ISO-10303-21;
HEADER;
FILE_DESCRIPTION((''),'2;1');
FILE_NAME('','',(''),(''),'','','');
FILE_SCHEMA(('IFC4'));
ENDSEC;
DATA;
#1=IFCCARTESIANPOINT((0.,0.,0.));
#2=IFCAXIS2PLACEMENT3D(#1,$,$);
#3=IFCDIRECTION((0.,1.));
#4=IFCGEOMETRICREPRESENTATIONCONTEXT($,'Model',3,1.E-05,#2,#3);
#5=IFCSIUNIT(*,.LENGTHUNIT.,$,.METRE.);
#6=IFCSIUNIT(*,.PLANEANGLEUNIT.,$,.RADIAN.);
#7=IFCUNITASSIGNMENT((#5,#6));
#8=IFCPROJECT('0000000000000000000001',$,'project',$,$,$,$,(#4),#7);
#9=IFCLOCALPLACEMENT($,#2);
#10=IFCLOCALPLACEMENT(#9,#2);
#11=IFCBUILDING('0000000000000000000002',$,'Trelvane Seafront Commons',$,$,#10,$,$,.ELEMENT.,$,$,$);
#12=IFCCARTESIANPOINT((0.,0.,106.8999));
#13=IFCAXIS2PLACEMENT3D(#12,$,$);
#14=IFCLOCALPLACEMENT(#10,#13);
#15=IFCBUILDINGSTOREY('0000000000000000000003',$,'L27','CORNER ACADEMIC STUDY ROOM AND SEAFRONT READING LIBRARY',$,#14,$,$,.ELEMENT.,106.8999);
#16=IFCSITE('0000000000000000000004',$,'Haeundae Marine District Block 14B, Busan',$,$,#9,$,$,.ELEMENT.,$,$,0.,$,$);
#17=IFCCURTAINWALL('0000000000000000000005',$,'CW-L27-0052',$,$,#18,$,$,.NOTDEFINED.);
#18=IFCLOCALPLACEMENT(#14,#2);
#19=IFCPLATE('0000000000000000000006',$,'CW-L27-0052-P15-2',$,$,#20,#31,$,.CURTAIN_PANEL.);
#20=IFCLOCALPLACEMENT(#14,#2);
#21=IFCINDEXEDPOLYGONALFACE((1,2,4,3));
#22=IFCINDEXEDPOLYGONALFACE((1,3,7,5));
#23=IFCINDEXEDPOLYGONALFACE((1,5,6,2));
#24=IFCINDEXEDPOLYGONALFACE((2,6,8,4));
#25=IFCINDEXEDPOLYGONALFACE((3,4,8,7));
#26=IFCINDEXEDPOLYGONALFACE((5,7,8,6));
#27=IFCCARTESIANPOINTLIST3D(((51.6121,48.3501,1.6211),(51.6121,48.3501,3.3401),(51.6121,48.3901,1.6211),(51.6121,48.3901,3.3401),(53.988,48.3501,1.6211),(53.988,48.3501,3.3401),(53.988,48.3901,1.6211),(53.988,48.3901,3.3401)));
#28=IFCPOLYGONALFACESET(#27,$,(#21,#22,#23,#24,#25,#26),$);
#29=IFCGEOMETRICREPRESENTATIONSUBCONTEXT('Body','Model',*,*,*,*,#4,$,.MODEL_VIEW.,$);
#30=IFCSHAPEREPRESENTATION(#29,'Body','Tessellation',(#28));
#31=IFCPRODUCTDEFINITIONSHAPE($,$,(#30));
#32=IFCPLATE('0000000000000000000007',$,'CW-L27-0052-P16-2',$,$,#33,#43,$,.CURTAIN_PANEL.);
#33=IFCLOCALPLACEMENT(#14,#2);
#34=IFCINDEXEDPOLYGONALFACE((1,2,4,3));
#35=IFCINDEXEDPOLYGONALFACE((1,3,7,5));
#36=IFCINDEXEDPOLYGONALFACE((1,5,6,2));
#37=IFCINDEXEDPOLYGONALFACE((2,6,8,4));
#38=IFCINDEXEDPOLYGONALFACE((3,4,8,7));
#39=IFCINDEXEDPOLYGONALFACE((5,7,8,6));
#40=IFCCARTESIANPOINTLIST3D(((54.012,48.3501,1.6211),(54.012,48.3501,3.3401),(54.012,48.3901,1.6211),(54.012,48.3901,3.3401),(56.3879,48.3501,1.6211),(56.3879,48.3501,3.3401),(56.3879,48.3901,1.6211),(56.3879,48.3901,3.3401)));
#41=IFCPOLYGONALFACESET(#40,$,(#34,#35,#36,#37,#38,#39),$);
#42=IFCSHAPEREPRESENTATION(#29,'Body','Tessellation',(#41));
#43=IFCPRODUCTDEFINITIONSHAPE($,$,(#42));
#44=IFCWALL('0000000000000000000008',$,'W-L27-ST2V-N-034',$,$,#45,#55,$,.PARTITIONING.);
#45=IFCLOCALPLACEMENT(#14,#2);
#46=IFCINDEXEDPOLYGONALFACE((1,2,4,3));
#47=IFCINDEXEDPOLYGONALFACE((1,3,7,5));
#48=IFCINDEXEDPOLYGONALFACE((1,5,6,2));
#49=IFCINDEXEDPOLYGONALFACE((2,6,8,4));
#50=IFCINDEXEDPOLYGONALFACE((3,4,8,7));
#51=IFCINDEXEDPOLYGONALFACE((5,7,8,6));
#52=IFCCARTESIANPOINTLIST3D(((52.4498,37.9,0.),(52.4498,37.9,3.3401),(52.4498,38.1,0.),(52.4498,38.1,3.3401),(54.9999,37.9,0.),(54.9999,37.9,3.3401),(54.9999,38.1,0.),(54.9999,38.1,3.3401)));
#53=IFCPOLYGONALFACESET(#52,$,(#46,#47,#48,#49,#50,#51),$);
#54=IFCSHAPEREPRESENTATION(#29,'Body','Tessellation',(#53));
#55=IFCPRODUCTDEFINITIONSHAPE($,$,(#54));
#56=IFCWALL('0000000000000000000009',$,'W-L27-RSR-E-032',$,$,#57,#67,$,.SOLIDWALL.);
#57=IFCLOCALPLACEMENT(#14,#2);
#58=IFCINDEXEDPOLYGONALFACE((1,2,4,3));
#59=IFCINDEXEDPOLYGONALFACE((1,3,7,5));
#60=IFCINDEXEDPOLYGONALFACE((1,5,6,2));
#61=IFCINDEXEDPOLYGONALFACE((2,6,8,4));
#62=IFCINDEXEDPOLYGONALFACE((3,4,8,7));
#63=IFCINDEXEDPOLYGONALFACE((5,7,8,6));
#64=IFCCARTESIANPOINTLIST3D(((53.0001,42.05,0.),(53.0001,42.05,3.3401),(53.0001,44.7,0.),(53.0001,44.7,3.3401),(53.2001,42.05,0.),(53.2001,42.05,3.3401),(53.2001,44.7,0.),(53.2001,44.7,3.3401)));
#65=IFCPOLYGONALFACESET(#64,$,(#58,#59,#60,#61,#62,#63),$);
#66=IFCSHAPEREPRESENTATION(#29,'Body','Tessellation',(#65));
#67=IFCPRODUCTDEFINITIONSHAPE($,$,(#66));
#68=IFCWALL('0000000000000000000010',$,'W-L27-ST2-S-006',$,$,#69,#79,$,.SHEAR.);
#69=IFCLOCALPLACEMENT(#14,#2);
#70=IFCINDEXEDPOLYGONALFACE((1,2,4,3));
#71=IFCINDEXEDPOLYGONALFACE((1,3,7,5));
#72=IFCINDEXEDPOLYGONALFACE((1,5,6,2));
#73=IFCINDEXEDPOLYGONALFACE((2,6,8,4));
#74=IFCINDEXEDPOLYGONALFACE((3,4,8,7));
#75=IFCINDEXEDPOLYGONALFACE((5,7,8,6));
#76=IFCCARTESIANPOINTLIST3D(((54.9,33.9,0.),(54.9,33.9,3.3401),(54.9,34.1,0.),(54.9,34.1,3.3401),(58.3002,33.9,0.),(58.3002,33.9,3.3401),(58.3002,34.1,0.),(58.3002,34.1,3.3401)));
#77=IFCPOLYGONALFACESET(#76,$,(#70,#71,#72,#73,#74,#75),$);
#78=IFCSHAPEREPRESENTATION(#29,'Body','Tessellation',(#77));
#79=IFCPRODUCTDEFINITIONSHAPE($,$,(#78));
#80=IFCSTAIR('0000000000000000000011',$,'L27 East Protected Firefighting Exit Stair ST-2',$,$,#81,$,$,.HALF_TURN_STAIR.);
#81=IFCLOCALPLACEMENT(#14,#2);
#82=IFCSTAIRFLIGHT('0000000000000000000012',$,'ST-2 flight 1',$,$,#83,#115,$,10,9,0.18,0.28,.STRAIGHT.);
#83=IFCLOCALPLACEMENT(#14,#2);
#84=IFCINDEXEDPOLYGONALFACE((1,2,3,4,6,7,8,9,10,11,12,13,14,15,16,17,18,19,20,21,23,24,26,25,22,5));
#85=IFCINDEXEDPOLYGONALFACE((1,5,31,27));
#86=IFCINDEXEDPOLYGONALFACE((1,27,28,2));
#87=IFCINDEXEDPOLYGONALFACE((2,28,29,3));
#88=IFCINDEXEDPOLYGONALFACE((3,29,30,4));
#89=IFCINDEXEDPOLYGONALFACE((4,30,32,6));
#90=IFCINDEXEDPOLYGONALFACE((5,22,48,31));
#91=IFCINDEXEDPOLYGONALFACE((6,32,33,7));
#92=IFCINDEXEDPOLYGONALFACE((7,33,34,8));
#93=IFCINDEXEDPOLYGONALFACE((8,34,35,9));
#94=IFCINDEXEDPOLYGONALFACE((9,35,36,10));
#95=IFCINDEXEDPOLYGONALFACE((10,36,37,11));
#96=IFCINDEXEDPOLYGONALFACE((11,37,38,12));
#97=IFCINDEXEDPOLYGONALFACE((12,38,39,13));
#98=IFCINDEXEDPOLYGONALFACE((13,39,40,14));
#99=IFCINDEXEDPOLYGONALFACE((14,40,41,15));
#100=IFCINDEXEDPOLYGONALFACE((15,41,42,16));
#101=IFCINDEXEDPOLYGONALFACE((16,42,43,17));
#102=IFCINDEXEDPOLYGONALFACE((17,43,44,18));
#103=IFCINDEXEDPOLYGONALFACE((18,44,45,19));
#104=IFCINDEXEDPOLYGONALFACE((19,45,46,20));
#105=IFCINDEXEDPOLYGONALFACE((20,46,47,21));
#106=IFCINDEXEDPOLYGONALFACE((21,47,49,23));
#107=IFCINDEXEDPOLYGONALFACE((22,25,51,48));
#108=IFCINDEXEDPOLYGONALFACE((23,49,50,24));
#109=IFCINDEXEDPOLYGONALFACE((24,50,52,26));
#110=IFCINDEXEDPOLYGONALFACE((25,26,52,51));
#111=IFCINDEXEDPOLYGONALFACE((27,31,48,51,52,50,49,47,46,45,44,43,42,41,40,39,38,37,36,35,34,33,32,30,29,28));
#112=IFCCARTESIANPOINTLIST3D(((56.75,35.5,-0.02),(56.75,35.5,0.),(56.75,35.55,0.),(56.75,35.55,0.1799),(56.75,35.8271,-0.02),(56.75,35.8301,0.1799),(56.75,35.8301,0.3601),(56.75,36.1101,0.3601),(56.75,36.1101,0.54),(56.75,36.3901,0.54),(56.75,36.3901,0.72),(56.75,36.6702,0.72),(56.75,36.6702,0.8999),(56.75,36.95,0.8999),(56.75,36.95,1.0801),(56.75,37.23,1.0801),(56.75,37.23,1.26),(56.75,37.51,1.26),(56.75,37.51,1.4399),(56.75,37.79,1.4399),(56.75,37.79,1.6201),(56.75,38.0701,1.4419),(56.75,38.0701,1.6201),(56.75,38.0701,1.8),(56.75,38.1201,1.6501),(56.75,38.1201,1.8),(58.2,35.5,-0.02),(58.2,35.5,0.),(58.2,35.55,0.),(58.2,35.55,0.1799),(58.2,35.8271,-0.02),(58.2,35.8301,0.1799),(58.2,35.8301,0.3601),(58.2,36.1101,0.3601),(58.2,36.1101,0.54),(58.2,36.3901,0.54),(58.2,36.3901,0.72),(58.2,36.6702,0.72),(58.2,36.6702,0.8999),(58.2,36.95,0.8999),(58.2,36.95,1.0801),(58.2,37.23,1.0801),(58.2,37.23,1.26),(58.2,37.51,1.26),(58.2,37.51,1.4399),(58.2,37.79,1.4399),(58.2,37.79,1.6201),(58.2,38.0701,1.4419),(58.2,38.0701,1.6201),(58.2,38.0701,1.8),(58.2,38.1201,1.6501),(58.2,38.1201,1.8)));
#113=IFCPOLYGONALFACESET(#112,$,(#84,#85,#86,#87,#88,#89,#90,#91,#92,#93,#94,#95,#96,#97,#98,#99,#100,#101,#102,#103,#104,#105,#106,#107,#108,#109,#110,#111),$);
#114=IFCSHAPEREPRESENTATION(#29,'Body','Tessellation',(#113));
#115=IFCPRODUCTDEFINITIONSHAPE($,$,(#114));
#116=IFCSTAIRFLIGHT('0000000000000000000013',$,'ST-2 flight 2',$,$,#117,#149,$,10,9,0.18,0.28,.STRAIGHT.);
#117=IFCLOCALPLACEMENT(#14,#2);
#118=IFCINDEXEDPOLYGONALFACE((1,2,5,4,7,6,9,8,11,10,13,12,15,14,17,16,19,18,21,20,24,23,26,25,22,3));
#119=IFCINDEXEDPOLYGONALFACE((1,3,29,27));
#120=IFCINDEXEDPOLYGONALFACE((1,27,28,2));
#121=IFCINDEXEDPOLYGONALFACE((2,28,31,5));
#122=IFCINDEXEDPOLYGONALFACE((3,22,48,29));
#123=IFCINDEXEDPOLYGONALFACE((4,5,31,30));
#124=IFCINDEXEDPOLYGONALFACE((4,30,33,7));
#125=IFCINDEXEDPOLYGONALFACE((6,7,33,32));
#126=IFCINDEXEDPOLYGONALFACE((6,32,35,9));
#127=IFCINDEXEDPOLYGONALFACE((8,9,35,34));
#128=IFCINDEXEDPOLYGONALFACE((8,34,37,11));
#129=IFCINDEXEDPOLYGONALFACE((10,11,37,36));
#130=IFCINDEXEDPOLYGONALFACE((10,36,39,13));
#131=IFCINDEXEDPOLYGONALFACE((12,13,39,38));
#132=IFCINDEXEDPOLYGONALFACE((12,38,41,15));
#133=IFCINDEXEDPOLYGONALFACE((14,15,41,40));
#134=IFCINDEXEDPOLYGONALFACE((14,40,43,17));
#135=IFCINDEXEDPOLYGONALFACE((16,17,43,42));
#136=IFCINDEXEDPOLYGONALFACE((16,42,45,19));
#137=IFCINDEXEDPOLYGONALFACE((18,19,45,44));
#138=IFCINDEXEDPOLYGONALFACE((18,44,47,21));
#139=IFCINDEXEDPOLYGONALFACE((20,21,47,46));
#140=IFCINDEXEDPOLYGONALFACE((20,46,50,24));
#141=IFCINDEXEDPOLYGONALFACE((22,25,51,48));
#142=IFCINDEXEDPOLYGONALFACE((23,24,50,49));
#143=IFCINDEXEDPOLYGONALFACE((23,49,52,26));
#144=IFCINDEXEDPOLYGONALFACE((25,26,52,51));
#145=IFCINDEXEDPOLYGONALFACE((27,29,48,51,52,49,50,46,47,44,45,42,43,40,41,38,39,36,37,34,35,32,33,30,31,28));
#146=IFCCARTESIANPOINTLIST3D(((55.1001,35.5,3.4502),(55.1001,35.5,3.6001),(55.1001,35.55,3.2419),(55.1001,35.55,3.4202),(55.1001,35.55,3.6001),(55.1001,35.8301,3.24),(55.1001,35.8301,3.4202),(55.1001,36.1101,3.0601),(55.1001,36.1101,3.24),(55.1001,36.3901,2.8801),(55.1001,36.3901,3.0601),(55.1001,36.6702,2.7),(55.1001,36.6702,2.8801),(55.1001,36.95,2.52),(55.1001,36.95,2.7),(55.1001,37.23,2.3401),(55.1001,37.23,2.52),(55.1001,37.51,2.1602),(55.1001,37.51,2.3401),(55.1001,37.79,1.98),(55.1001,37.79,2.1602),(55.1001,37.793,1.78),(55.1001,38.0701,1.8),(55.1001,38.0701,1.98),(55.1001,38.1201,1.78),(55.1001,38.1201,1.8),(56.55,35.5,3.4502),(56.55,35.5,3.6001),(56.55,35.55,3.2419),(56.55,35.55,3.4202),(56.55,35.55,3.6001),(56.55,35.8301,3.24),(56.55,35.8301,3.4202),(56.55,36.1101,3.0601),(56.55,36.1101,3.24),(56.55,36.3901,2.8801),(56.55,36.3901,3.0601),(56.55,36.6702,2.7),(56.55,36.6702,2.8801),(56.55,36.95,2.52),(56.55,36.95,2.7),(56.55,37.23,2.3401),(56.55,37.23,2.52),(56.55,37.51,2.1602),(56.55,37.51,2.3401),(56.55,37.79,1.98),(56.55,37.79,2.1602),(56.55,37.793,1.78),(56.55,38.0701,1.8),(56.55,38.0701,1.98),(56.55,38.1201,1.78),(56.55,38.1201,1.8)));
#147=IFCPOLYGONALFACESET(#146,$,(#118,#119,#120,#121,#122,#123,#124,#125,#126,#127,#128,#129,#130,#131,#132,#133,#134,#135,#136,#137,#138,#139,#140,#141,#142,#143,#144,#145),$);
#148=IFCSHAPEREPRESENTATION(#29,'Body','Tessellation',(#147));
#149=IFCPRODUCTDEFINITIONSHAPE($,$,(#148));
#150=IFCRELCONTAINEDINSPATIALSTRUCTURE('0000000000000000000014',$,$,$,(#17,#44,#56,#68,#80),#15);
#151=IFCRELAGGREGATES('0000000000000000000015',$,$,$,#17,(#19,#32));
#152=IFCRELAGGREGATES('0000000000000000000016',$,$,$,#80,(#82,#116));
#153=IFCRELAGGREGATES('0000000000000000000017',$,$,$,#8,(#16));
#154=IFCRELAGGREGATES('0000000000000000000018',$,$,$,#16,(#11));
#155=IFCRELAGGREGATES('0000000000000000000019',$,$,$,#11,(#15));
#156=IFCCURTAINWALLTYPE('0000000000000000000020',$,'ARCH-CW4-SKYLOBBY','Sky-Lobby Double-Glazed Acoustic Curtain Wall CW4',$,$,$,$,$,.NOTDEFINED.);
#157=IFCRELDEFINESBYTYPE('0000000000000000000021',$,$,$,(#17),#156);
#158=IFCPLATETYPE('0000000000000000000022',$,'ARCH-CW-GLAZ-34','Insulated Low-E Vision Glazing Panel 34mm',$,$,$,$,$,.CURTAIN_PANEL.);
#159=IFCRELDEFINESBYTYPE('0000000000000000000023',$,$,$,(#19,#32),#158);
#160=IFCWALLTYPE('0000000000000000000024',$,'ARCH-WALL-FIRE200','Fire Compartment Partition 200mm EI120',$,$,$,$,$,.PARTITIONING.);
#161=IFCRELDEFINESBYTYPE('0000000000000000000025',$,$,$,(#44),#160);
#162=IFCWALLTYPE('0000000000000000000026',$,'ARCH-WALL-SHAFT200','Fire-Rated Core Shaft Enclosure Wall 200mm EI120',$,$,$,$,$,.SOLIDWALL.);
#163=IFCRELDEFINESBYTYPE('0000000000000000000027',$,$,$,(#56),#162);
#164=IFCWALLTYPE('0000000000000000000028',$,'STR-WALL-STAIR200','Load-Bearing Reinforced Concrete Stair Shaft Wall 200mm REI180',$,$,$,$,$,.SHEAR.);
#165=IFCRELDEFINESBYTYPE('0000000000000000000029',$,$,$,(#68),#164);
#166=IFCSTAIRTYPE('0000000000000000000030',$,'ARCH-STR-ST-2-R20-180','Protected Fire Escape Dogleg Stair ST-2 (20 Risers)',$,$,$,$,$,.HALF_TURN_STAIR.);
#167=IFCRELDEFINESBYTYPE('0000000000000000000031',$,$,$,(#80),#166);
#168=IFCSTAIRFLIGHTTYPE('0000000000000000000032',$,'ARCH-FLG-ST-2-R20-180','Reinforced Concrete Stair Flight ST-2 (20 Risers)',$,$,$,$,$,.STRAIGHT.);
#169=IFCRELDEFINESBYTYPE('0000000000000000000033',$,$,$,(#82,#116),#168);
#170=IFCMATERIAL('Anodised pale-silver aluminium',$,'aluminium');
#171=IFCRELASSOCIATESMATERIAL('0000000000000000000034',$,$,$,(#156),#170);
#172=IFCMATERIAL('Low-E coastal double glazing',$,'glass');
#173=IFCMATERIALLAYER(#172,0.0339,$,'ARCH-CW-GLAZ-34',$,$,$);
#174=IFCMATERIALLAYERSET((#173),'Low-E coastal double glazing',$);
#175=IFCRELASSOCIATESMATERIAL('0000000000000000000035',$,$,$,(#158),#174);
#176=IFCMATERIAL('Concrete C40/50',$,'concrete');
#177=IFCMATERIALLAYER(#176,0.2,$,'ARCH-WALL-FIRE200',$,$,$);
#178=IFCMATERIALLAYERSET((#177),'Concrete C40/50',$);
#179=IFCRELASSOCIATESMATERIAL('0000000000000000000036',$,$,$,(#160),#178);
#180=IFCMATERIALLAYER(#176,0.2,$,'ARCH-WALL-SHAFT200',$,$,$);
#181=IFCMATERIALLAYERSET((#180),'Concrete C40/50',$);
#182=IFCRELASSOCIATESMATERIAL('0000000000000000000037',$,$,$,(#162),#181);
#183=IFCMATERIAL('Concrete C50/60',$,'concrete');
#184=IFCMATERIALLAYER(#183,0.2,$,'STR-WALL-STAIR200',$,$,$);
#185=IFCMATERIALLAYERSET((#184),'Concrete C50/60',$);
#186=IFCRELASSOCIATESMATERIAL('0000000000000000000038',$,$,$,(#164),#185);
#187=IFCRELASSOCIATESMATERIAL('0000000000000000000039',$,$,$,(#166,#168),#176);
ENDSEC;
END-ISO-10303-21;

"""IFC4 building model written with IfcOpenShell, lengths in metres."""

from ifc_helpers import new_model, si_unit, direction, frame, frame_2d, origin, origin_2d, place, context, subcontext, project, spatial, polyline, rectangle, outline, extrude, source, transform, mapped, material, layer, layer_set, type_object, element, aggregate, save


model = new_model("IFC4")

# Units and contexts
model_context = context("Model", 3, precision=1e-05, world=origin(), true_north=direction((0.0, 1.0)))
body_context = subcontext(model_context, "Body", "Model", "MODEL_VIEW")
ifc_project = project(units=[si_unit("LENGTHUNIT", "METRE"), si_unit("PLANEANGLEUNIT", "RADIAN")], contexts=[model_context])

# Site, building, storey
site_placement = place(None, origin())
site = spatial("IfcSite", under=ifc_project, at=site_placement, Name="Haeundae Marine District Block 14B, Busan", CompositionType="ELEMENT", RefElevation=0.0)
building_placement = place(site_placement, origin())
building = spatial("IfcBuilding", under=site, at=building_placement, Name="Trelvane Seafront Commons", CompositionType="ELEMENT")
storey_placement = place(building_placement, frame((0.0, 0.0, 106.8999)))
storey = spatial("IfcBuildingStorey", under=building, at=storey_placement, Name="L27", Description="CORNER ACADEMIC STUDY ROOM AND SEAFRONT READING LIBRARY", CompositionType="ELEMENT", Elevation=106.8999)

# Curtain wall
ifc_material_1 = material(Name="Anodised pale-silver aluminium", Category="aluminium")
curtain_wall_type = type_object("IfcCurtainWallType", Name="ARCH-CW4-SKYLOBBY", Description="Sky-Lobby Double-Glazed Acoustic Curtain Wall CW4", PredefinedType="NOTDEFINED", material=ifc_material_1)
curtain_wall_placement = place(storey_placement, origin())
curtain_wall = element("IfcCurtainWall", 1, at=curtain_wall_placement, inside=storey, type_object=curtain_wall_type, Name="CW-L27-0052", PredefinedType="NOTDEFINED")

# Plates
ifc_material_2 = material(Name="Low-E coastal double glazing", Category="glass")
ifc_layer_1 = layer(ifc_material_2, 0.0339, Name="ARCH-CW-GLAZ-34")
ifc_layer_set_1 = layer_set([ifc_layer_1], Name="Low-E coastal double glazing")
plate_type_1 = type_object("IfcPlateType", Name="ARCH-CW-GLAZ-34", Description="Insulated Low-E Vision Glazing Panel 34mm", PredefinedType="CURTAIN_PANEL", material=ifc_layer_set_1)
shared_shape_1 = source(origin(), body_context, "Body", "SweptSolid", [
    extrude(rectangle(XDim=2.376, YDim=0.04, at=origin_2d()), origin(), (0.0, 0.0, 1.0), 1.719),
])
plate_1_placement = place(storey_placement, frame((52.8, 48.3701, 1.6211), z_axis=(0.0, 0.0, 1.0), x_axis=(1.0, 0.0, 0.0)))
plate_1 = element("IfcPlate", 2, at=plate_1_placement, type_object=plate_type_1, Name="CW-L27-0052-P15-2", PredefinedType="CURTAIN_PANEL", context=body_context, shape_type="MappedRepresentation", body=[
    mapped(shared_shape_1, transform((0.0, 0.0, 0.0), x_axis=(1.0, 0.0, 0.0), y_axis=(0.0, 1.0, 0.0), z_axis=(0.0, 0.0, 1.0), scale=1.0)),
])
plate_2_placement = place(storey_placement, frame((55.2, 48.3701, 1.6211), z_axis=(0.0, 0.0, 1.0), x_axis=(1.0, 0.0, 0.0)))
plate_2 = element("IfcPlate", 3, at=plate_2_placement, type_object=plate_type_1, Name="CW-L27-0052-P16-2", PredefinedType="CURTAIN_PANEL", context=body_context, shape_type="MappedRepresentation", body=[
    mapped(shared_shape_1, transform((0.0, 0.0, 0.0), x_axis=(1.0, 0.0, 0.0), y_axis=(0.0, 1.0, 0.0), z_axis=(0.0, 0.0, 1.0), scale=1.0)),
])
aggregate(curtain_wall, [plate_1, plate_2])

# Walls
ifc_material_3 = material(Name="Concrete C40/50", Category="concrete")
ifc_layer_2 = layer(ifc_material_3, 0.2, Name="ARCH-WALL-FIRE200")
ifc_layer_set_2 = layer_set([ifc_layer_2], Name="Concrete C40/50")
wall_type_1 = type_object("IfcWallType", Name="ARCH-WALL-FIRE200", Description="Fire Compartment Partition 200mm EI120", PredefinedType="PARTITIONING", material=ifc_layer_set_2)
wall_1_placement = place(storey_placement, frame((52.45, 38.0, 0.0), z_axis=(0.0, 0.0, 1.0), x_axis=(1.0, 0.0, 0.0)))
element("IfcWall", 4, at=wall_1_placement, inside=storey, type_object=wall_type_1, Name="W-L27-ST2V-N-034", PredefinedType="PARTITIONING", context=body_context, shape_type="SweptSolid", body=[
    extrude(rectangle(XDim=2.55, YDim=0.2, at=frame_2d((1.2749, 0.0))), origin(), (0.0, 0.0, 1.0), 3.3401),
])
ifc_layer_3 = layer(ifc_material_3, 0.2, Name="ARCH-WALL-SHAFT200")
ifc_layer_set_3 = layer_set([ifc_layer_3], Name="Concrete C40/50")
wall_type_2 = type_object("IfcWallType", Name="ARCH-WALL-SHAFT200", Description="Fire-Rated Core Shaft Enclosure Wall 200mm EI120", PredefinedType="SOLIDWALL", material=ifc_layer_set_3)
wall_2_placement = place(storey_placement, frame((53.1001, 42.05, 0.0), z_axis=(0.0, 0.0, 1.0), x_axis=(0.0, 1.0, 0.0)))
element("IfcWall", 5, at=wall_2_placement, inside=storey, type_object=wall_type_2, Name="W-L27-RSR-E-032", PredefinedType="SOLIDWALL", context=body_context, shape_type="SweptSolid", body=[
    extrude(rectangle(XDim=2.6499, YDim=0.2, at=frame_2d((1.325, 0.0))), origin(), (0.0, 0.0, 1.0), 3.3401),
])
ifc_material_4 = material(Name="Concrete C50/60", Category="concrete")
ifc_layer_4 = layer(ifc_material_4, 0.2, Name="STR-WALL-STAIR200")
ifc_layer_set_4 = layer_set([ifc_layer_4], Name="Concrete C50/60")
wall_type_3 = type_object("IfcWallType", Name="STR-WALL-STAIR200", Description="Load-Bearing Reinforced Concrete Stair Shaft Wall 200mm REI180", PredefinedType="SHEAR", material=ifc_layer_set_4)
wall_3_placement = place(storey_placement, frame((54.8999, 34.0, 0.0), z_axis=(0.0, 0.0, 1.0), x_axis=(1.0, 0.0, 0.0)))
element("IfcWall", 6, at=wall_3_placement, inside=storey, type_object=wall_type_3, Name="W-L27-ST2-S-006", PredefinedType="SHEAR", context=body_context, shape_type="SweptSolid", body=[
    extrude(rectangle(XDim=3.4001, YDim=0.2, at=frame_2d((1.7002, 0.0))), origin(), (0.0, 0.0, 1.0), 3.3401),
])

# Stair, stair flights
stair_type = type_object("IfcStairType", Name="ARCH-STR-ST-2-R20-180", Description="Protected Fire Escape Dogleg Stair ST-2 (20 Risers)", PredefinedType="HALF_TURN_STAIR", material=ifc_material_3)
stair_placement = place(storey_placement, origin())
stair = element("IfcStair", 7, at=stair_placement, inside=storey, type_object=stair_type, Name="L27 East Protected Firefighting Exit Stair ST-2", PredefinedType="HALF_TURN_STAIR")
stair_flight_type = type_object("IfcStairFlightType", Name="ARCH-FLG-ST-2-R20-180", Description="Reinforced Concrete Stair Flight ST-2 (20 Risers)", PredefinedType="STRAIGHT", material=ifc_material_3)
shared_shape_2 = source(origin(), body_context, "Body", "SweptSolid", [
    extrude(outline(polyline([(-0.05, -0.02), (-0.05, 0.0), (0.0, 0.0), (0.0, 0.1799), (0.28, 0.1799), (0.28, 0.3601), (0.5601, 0.3601), (0.5601, 0.54), (0.8401, 0.54), (0.8401, 0.72), (1.1201, 0.72), (1.1201, 0.8999), (1.3999, 0.8999), (1.3999, 1.0801), (1.6799, 1.0801), (1.6799, 1.26), (1.96, 1.26), (1.96, 1.4399), (2.24, 1.4399), (2.24, 1.6201), (2.52, 1.6201), (2.52, 1.8), (2.5701, 1.8), (2.5701, 1.6501), (2.52, 1.4419), (0.2771, -0.02), (-0.05, -0.02)])), frame((0.0, 0.7251, 0.0), z_axis=(0.0, -1.0, 0.0), x_axis=(1.0, 0.0, 0.0)), (0.0, 0.0, 1.0), 1.45),
])
stair_flight_1_placement = place(storey_placement, frame((57.4751, 35.55, 0.0), z_axis=(0.0, 0.0, 1.0), x_axis=(0.0, 1.0, 0.0)))
stair_flight_1 = element("IfcStairFlight", 8, at=stair_flight_1_placement, type_object=stair_flight_type, Name="ST-2 flight 1", NumberOfRisers=10, NumberOfTreads=9, PredefinedType="STRAIGHT", RiserHeight=0.18, TreadLength=0.28, context=body_context, shape_type="MappedRepresentation", body=[
    mapped(shared_shape_2, transform((0.0, 0.0, 0.0), x_axis=(1.0, 0.0, 0.0), y_axis=(0.0, 1.0, 0.0), z_axis=(0.0, 0.0, 1.0), scale=1.0)),
])
stair_flight_2_placement = place(storey_placement, frame((55.825, 38.0701, 1.8), z_axis=(0.0, 0.0, 1.0), x_axis=(0.0, -1.0, 0.0)))
stair_flight_2 = element("IfcStairFlight", 9, at=stair_flight_2_placement, type_object=stair_flight_type, Name="ST-2 flight 2", NumberOfRisers=10, NumberOfTreads=9, PredefinedType="STRAIGHT", RiserHeight=0.18, TreadLength=0.28, context=body_context, shape_type="MappedRepresentation", body=[
    mapped(shared_shape_2, transform((0.0, 0.0, 0.0), x_axis=(1.0, 0.0, 0.0), y_axis=(0.0, 1.0, 0.0), z_axis=(0.0, 0.0, 1.0), scale=1.0)),
])
aggregate(stair, [stair_flight_1, stair_flight_2])

save(model, "model.ifc")
